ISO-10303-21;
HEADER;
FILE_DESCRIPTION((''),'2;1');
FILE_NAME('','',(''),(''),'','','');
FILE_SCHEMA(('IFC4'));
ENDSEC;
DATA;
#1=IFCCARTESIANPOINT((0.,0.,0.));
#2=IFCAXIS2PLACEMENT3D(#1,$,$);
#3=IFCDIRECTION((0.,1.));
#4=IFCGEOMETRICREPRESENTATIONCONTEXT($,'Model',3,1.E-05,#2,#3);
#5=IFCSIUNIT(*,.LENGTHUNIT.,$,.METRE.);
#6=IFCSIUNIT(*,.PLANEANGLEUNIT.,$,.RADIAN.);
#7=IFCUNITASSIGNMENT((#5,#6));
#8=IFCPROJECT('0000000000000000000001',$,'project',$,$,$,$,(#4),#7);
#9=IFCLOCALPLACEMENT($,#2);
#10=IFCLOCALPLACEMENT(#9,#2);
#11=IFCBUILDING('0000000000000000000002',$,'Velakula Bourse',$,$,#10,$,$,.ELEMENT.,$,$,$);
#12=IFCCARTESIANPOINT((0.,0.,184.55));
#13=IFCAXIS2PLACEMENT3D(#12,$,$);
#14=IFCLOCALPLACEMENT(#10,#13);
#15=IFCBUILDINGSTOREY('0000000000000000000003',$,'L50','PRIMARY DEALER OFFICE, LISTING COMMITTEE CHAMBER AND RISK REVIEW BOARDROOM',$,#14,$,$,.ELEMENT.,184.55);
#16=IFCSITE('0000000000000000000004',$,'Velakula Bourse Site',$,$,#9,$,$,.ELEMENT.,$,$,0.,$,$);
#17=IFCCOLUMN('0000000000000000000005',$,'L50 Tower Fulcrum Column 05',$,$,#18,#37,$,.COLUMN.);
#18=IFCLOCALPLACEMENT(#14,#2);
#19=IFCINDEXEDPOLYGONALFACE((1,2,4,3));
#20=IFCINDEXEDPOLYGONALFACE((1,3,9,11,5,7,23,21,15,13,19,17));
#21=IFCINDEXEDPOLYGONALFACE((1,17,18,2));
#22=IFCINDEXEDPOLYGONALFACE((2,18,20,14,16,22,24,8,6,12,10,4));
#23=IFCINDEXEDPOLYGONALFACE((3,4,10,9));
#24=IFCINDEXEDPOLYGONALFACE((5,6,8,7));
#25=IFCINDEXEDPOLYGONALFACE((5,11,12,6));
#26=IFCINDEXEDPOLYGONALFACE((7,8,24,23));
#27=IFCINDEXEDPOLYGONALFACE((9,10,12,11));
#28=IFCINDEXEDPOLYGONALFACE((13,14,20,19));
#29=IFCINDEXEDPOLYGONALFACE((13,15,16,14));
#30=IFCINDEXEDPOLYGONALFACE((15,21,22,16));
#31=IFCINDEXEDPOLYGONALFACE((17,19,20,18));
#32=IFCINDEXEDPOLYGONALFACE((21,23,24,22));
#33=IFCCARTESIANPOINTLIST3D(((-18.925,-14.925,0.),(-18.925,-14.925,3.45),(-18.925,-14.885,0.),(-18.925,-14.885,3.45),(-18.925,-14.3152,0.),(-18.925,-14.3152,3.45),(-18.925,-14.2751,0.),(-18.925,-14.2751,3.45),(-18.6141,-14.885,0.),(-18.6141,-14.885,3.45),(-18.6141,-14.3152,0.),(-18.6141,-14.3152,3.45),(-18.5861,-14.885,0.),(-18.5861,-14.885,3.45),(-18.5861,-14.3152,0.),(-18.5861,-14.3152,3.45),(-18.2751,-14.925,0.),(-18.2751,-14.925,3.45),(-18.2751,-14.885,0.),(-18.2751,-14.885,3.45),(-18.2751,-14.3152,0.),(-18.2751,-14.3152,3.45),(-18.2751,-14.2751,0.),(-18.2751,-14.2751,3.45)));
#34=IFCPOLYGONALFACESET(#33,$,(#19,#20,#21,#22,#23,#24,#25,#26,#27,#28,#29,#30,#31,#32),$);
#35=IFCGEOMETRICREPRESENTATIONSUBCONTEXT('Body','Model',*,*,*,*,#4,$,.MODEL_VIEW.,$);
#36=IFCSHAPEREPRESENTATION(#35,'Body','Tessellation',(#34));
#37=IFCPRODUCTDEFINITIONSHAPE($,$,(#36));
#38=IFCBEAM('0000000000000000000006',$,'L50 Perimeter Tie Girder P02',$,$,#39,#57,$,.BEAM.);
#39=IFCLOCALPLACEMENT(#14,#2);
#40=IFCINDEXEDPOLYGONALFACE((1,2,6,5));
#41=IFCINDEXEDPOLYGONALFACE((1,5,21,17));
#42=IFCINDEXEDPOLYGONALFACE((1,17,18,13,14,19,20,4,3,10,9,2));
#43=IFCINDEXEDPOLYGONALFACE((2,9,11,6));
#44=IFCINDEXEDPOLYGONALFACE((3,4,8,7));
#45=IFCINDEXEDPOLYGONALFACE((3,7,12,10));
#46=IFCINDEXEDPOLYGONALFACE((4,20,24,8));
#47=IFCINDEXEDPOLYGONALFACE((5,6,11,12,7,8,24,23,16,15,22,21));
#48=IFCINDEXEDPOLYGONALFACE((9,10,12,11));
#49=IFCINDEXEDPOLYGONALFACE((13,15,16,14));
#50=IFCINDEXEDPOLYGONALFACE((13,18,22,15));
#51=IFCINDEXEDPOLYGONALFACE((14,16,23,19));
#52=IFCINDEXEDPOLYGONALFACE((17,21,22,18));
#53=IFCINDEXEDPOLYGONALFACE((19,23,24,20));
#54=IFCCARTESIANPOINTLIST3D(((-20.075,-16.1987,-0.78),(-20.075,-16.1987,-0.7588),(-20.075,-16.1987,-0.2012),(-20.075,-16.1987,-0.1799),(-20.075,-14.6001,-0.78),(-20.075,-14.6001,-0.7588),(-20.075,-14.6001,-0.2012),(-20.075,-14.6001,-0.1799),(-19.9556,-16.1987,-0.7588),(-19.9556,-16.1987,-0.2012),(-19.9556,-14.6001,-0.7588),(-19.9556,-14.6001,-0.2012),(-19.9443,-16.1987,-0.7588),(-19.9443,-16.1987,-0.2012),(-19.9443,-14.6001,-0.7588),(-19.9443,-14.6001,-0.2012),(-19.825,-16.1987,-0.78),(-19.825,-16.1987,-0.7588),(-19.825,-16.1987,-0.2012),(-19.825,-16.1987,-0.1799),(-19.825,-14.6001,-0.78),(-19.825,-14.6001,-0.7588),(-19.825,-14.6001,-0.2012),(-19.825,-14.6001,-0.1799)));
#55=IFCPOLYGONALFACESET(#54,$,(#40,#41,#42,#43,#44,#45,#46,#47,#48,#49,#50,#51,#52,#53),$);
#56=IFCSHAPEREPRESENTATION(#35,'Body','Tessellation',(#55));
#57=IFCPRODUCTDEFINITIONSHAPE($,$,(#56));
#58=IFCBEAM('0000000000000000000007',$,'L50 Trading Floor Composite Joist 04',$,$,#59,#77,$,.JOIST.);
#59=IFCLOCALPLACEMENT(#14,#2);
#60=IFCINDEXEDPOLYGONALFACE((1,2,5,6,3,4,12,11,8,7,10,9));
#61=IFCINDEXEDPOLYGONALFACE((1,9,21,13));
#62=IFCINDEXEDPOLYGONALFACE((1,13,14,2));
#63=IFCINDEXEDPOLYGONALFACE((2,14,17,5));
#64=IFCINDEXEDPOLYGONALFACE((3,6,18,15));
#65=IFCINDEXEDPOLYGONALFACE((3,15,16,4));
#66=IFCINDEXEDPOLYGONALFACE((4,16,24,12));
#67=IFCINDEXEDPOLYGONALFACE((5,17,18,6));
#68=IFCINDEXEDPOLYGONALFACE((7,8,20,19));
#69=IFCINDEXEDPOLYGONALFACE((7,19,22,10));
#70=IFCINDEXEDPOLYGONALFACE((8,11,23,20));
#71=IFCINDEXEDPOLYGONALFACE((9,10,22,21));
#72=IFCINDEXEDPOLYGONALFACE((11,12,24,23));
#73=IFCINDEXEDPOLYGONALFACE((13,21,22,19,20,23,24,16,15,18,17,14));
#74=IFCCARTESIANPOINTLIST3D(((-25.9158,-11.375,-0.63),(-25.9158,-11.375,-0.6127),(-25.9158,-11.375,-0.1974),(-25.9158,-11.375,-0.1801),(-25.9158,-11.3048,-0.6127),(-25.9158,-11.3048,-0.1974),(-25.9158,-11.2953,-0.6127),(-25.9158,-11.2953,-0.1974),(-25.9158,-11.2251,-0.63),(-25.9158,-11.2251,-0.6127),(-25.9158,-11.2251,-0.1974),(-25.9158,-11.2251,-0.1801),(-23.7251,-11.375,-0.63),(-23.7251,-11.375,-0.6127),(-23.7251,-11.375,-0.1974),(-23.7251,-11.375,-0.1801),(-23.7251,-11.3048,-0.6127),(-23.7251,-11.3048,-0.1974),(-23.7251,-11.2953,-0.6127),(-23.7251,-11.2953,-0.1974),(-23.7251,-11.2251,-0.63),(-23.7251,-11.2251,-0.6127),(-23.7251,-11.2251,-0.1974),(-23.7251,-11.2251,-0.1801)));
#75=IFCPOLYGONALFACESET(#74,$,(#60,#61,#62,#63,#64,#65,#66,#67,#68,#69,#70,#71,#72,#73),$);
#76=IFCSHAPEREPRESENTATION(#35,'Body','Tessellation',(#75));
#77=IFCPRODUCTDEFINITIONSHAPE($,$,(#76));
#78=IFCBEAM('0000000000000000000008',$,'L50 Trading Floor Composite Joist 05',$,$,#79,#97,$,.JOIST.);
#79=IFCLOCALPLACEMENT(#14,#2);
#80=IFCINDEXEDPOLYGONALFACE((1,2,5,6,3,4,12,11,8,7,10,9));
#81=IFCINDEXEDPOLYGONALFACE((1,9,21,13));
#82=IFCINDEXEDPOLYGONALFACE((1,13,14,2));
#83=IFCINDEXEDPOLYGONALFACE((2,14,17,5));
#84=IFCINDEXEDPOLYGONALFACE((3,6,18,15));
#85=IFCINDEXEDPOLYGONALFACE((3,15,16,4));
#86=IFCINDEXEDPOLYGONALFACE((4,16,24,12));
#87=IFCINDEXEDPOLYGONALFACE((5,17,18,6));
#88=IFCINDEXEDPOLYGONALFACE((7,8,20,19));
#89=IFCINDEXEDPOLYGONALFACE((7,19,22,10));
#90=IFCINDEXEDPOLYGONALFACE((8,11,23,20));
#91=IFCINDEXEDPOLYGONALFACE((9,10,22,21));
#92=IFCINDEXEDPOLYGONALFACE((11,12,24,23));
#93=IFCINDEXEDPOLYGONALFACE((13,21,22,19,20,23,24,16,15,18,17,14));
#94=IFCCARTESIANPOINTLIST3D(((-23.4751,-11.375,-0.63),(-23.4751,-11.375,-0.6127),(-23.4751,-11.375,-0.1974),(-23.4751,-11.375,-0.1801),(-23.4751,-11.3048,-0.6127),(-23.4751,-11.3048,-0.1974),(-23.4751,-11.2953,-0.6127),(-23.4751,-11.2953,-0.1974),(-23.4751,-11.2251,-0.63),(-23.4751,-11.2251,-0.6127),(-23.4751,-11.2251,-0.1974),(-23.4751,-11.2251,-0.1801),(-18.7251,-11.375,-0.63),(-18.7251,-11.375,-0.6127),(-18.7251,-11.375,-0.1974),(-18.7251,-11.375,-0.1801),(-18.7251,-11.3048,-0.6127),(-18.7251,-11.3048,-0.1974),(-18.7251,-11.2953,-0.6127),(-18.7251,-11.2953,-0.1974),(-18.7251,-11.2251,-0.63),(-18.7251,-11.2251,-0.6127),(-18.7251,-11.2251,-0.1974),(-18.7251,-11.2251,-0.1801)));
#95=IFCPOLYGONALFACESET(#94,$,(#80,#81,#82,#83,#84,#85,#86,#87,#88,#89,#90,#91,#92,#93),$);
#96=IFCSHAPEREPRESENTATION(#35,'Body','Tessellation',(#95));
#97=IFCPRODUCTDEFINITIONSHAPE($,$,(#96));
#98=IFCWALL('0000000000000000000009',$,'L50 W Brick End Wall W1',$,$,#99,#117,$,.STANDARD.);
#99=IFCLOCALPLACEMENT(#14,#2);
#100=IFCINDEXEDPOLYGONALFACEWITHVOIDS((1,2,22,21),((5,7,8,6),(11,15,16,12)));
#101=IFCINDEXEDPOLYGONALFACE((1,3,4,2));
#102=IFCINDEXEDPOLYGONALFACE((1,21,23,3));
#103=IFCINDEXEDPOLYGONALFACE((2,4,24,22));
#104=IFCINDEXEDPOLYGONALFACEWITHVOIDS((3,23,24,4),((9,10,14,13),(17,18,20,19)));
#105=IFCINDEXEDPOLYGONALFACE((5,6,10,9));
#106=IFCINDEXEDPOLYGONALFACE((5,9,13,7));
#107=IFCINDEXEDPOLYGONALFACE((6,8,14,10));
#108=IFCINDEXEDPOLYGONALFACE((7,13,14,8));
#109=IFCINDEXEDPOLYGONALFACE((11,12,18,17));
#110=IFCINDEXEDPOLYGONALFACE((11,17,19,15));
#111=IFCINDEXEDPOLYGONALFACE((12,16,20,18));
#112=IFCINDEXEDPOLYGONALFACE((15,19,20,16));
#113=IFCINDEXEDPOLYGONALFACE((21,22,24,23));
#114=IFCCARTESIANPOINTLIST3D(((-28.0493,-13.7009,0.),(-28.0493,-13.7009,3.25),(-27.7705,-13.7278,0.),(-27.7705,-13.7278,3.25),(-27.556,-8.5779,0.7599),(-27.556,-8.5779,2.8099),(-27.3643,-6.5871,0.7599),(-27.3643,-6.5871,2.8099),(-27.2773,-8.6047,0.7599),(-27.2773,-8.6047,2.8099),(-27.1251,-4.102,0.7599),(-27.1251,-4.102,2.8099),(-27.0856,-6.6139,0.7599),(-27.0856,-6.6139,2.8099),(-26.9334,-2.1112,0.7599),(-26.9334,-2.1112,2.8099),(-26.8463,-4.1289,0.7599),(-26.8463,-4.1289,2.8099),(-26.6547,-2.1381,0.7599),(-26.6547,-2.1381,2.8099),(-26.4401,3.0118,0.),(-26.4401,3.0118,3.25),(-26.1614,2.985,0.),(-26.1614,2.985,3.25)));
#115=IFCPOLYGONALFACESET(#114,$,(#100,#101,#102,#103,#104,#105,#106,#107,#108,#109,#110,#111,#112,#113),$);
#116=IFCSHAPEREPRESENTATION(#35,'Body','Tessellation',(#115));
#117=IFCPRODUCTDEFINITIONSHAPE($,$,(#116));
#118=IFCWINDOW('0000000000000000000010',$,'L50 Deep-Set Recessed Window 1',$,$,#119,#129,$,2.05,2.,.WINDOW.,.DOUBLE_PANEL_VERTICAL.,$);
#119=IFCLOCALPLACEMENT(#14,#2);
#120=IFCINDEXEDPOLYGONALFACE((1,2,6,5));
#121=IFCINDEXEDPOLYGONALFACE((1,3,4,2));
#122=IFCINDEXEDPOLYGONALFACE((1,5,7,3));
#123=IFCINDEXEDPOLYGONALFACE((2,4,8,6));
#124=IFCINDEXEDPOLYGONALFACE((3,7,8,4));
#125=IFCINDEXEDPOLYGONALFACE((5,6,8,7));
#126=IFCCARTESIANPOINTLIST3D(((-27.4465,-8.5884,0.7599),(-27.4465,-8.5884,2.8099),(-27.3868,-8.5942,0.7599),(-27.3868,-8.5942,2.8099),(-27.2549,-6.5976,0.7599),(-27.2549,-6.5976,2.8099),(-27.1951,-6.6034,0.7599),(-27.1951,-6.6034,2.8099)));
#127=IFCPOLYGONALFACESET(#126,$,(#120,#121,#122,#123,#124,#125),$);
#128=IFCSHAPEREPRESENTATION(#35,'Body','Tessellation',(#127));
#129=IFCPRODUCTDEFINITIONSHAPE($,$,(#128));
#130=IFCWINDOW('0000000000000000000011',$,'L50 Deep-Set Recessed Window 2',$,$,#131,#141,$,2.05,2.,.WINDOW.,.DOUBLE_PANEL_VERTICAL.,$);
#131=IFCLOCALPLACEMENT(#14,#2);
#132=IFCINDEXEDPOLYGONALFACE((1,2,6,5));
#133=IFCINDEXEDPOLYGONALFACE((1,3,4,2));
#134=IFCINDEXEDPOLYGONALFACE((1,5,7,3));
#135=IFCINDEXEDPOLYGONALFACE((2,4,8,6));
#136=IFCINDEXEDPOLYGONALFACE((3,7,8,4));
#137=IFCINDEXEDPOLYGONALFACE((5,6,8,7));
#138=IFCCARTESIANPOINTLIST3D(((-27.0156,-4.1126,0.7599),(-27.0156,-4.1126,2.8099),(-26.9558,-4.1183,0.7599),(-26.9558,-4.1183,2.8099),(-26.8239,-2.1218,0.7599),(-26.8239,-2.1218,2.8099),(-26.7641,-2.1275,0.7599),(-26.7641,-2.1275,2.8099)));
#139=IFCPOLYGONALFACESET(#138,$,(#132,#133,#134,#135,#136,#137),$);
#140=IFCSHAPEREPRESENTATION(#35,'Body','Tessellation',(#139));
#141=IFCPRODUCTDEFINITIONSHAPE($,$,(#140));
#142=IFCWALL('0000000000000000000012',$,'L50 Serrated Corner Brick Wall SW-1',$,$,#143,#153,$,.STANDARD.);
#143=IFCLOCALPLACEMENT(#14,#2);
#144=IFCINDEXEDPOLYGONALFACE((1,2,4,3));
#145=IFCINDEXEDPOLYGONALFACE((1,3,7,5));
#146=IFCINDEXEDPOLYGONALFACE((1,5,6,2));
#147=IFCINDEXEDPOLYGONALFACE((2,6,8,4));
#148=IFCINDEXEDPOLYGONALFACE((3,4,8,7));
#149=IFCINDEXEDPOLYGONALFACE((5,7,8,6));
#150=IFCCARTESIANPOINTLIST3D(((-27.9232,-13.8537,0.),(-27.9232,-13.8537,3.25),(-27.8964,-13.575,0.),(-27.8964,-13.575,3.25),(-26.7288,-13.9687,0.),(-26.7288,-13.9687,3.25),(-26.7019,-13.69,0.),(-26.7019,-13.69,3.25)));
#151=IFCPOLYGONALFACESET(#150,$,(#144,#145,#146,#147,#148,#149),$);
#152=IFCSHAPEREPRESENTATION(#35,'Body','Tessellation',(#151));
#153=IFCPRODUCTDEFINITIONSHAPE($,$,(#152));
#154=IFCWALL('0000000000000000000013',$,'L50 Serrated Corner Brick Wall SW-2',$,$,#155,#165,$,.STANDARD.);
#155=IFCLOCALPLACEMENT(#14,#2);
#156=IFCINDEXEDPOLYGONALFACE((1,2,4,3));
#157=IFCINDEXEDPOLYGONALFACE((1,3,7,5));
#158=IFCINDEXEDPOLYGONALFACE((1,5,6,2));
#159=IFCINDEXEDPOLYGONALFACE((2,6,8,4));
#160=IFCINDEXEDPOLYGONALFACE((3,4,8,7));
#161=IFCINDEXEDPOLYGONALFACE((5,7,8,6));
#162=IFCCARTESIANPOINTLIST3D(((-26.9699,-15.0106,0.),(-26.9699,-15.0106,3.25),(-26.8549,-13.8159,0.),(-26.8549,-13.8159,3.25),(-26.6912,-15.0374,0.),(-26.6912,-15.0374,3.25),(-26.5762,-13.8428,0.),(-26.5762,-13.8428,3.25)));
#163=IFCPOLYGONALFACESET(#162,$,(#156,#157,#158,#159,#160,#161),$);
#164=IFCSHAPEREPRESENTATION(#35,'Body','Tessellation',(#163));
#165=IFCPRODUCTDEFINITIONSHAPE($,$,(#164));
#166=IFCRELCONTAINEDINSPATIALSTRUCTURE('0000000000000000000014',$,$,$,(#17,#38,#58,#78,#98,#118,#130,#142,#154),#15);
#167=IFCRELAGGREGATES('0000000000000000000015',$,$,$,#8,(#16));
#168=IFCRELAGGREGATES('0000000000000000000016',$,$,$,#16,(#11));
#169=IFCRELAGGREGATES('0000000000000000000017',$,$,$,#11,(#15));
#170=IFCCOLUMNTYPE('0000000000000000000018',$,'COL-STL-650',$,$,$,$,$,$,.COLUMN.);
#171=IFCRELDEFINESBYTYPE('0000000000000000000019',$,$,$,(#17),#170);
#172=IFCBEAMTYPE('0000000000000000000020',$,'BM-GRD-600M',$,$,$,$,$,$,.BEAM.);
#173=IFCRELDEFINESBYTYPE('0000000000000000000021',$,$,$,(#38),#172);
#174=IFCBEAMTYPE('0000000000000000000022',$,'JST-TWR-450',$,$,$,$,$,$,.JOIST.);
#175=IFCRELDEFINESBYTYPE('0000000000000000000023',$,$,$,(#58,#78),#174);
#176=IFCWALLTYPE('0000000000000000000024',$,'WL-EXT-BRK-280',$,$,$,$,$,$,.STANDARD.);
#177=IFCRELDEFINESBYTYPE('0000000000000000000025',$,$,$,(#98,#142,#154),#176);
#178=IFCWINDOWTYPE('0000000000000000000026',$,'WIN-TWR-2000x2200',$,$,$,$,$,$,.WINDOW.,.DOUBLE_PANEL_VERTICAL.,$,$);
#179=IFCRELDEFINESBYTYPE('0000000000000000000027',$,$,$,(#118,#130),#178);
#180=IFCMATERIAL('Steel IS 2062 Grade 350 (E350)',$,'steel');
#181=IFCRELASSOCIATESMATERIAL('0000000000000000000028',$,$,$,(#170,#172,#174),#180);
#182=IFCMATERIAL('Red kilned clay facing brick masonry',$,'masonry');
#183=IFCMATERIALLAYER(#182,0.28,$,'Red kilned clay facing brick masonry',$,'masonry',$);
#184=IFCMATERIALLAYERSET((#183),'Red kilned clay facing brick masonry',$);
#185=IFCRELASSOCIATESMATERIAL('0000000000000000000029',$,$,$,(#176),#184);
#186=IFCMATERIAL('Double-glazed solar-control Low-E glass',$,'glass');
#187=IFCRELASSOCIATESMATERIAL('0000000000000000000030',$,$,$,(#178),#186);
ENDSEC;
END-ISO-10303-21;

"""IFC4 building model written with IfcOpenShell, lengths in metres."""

from ifc_helpers import new_model, si_unit, direction, frame, frame_2d, origin, origin_2d, place, context, subcontext, project, spatial, rectangle, i_section, extrude, material, layer, layer_set, material_profile, profile_set, type_object, element, fill, save


model = new_model("IFC4")

# Units and contexts
model_context = context("Model", 3, precision=1e-05, world=origin(), true_north=direction((0.0, 1.0)))
body_context = subcontext(model_context, "Body", "Model", "MODEL_VIEW")
ifc_project = project(units=[si_unit("LENGTHUNIT", "METRE"), si_unit("PLANEANGLEUNIT", "RADIAN")], contexts=[model_context])

# Site, building, storey
site_placement = place(None, origin())
site = spatial("IfcSite", under=ifc_project, at=site_placement, Name="Velakula Bourse Site", CompositionType="ELEMENT", RefElevation=0.0)
building_placement = place(site_placement, origin())
building = spatial("IfcBuilding", under=site, at=building_placement, Name="Velakula Bourse", CompositionType="ELEMENT")
storey_placement = place(building_placement, frame((0.0, 0.0, 184.55)))
storey = spatial("IfcBuildingStorey", under=building, at=storey_placement, Name="L50", Description="PRIMARY DEALER OFFICE, LISTING COMMITTEE CHAMBER AND RISK REVIEW BOARDROOM", CompositionType="ELEMENT", Elevation=184.55)

# Column
ifc_material_1 = material(Name="Steel IS 2062 Grade 350 (E350)", Category="steel")
ifc_material_profile_1 = material_profile(ifc_material_1, i_section(OverallWidth=0.6499, OverallDepth=0.6499, WebThickness=0.0281, FlangeThickness=0.04, at=origin_2d()), Name="Steel IS 2062 Grade 350 (E350)")
ifc_profile_set_1 = profile_set([ifc_material_profile_1], Name="Steel IS 2062 Grade 350 (E350)")
column_type = type_object("IfcColumnType", Name="COL-STL-650", PredefinedType="COLUMN", material=ifc_profile_set_1)
column_placement = place(storey_placement, frame((-18.6001, -14.6001, 0.0), z_axis=(0.0, 0.0, 1.0), x_axis=(1.0, 0.0, 0.0)))
element("IfcColumn", 1, at=column_placement, inside=storey, type_object=column_type, Name="L50 Tower Fulcrum Column 05", PredefinedType="COLUMN", context=body_context, shape_type="SweptSolid", body=[
    extrude(i_section(OverallWidth=0.6499, OverallDepth=0.6499, WebThickness=0.0281, FlangeThickness=0.04, at=origin_2d()), origin(), (0.0, 0.0, 1.0), 3.45),
])

# Beams
ifc_material_profile_2 = material_profile(ifc_material_1, i_section(OverallWidth=0.25, OverallDepth=0.6001, WebThickness=0.0112, FlangeThickness=0.0212, at=origin_2d()), Name="Steel IS 2062 Grade 350 (E350)")
ifc_profile_set_2 = profile_set([ifc_material_profile_2], Name="Steel IS 2062 Grade 350 (E350)")
beam_type_1 = type_object("IfcBeamType", Name="BM-GRD-600M", PredefinedType="BEAM", material=ifc_profile_set_2)
beam_1_placement = place(storey_placement, frame((-19.95, -14.6001, -0.48), z_axis=(0.0, -1.0, 0.0), x_axis=(1.0, 0.0, 0.0)))
element("IfcBeam", 2, at=beam_1_placement, inside=storey, type_object=beam_type_1, Name="L50 Perimeter Tie Girder P02", PredefinedType="BEAM", context=body_context, shape_type="SweptSolid", body=[
    extrude(i_section(OverallWidth=0.25, OverallDepth=0.6001, WebThickness=0.0112, FlangeThickness=0.0212, at=origin_2d()), origin(), (0.0, 0.0, 1.0), 1.5986),
])
ifc_material_profile_3 = material_profile(ifc_material_1, i_section(OverallWidth=0.1499, OverallDepth=0.45, WebThickness=0.0095, FlangeThickness=0.0173, at=origin_2d()), Name="Steel IS 2062 Grade 350 (E350)")
ifc_profile_set_3 = profile_set([ifc_material_profile_3], Name="Steel IS 2062 Grade 350 (E350)")
beam_type_2 = type_object("IfcBeamType", Name="JST-TWR-450", PredefinedType="JOIST", material=ifc_profile_set_3)
beam_2_placement = place(storey_placement, frame((-25.9158, -11.3, -0.405), z_axis=(1.0, 0.0, 0.0), x_axis=(0.0, 1.0, 0.0)))
element("IfcBeam", 3, at=beam_2_placement, inside=storey, type_object=beam_type_2, Name="L50 Trading Floor Composite Joist 04", PredefinedType="JOIST", context=body_context, shape_type="SweptSolid", body=[
    extrude(i_section(OverallWidth=0.1499, OverallDepth=0.45, WebThickness=0.0095, FlangeThickness=0.0173, at=origin_2d()), origin(), (0.0, 0.0, 1.0), 2.1907),
])
beam_3_placement = place(storey_placement, frame((-23.4751, -11.3, -0.405), z_axis=(1.0, 0.0, 0.0), x_axis=(0.0, 1.0, 0.0)))
element("IfcBeam", 4, at=beam_3_placement, inside=storey, type_object=beam_type_2, Name="L50 Trading Floor Composite Joist 05", PredefinedType="JOIST", context=body_context, shape_type="SweptSolid", body=[
    extrude(i_section(OverallWidth=0.1499, OverallDepth=0.45, WebThickness=0.0095, FlangeThickness=0.0173, at=origin_2d()), origin(), (0.0, 0.0, 1.0), 4.75),
])

# Wall, openings, windows
ifc_material_2 = material(Name="Red kilned clay facing brick masonry", Category="masonry")
ifc_layer_1 = layer(ifc_material_2, 0.28, Name="Red kilned clay facing brick masonry", Category="masonry")
ifc_layer_set_1 = layer_set([ifc_layer_1], Name="Red kilned clay facing brick masonry")
wall_type_1 = type_object("IfcWallType", Name="WL-EXT-BRK-280", PredefinedType="STANDARD", material=ifc_layer_set_1)
wall_1_placement = place(storey_placement, frame((-27.9099, -13.7144, 0.0), z_axis=(0.0, 0.0, 1.0), x_axis=(0.095839, 0.995397, 0.0)))
wall_1 = element("IfcWall", 5, at=wall_1_placement, inside=storey, type_object=wall_type_1, Name="L50 W Brick End Wall W1", PredefinedType="STANDARD", context=body_context, shape_type="SweptSolid", body=[
    extrude(rectangle(XDim=16.79, YDim=0.28, at=frame_2d((8.395, 0.0))), origin(), (0.0, 0.0, 1.0), 3.25),
])
opening_1_placement = place(wall_1_placement, frame((5.1467, 0.0, 0.76)))
opening_1 = element("IfcOpeningElement", 6, at=opening_1_placement, cuts=wall_1, PredefinedType="OPENING", context=body_context, shape_type="SweptSolid", body=[
    extrude(rectangle(XDim=2.0, YDim=2.05, at=frame_2d((1.0, 1.0249))), frame((0.0, 0.1499, 0.0), z_axis=(0.0, -1.0, 0.0), x_axis=(1.0, 0.0, 0.0)), (0.0, 0.0, 1.0), 0.3),
])
opening_2_placement = place(wall_1_placement, frame((9.6433, 0.0, 0.76)))
opening_2 = element("IfcOpeningElement", 7, at=opening_2_placement, cuts=wall_1, PredefinedType="OPENING", context=body_context, shape_type="SweptSolid", body=[
    extrude(rectangle(XDim=2.0, YDim=2.05, at=frame_2d((1.0, 1.0249))), frame((0.0, 0.1499, 0.0), z_axis=(0.0, -1.0, 0.0), x_axis=(1.0, 0.0, 0.0)), (0.0, 0.0, 1.0), 0.3),
])
ifc_material_3 = material(Name="Double-glazed solar-control Low-E glass", Category="glass")
window_type = type_object("IfcWindowType", Name="WIN-TWR-2000x2200", PartitioningType="DOUBLE_PANEL_VERTICAL", PredefinedType="WINDOW", material=ifc_material_3)
window_1_placement = place(opening_1_placement, origin())
window_1 = element("IfcWindow", 8, at=window_1_placement, inside=storey, type_object=window_type, Name="L50 Deep-Set Recessed Window 1", OverallHeight=2.05, OverallWidth=2.0, PartitioningType="DOUBLE_PANEL_VERTICAL", PredefinedType="WINDOW", context=body_context, shape_type="SweptSolid", body=[
    extrude(rectangle(XDim=2.0, YDim=2.05, at=frame_2d((1.0, 1.0249))), frame((0.0, 0.03, 0.0), z_axis=(0.0, -1.0, 0.0), x_axis=(1.0, 0.0, 0.0)), (0.0, 0.0, 1.0), 0.0601),
])
fill(opening_1, window_1)
window_2_placement = place(opening_2_placement, origin())
window_2 = element("IfcWindow", 9, at=window_2_placement, inside=storey, type_object=window_type, Name="L50 Deep-Set Recessed Window 2", OverallHeight=2.05, OverallWidth=2.0, PartitioningType="DOUBLE_PANEL_VERTICAL", PredefinedType="WINDOW", context=body_context, shape_type="SweptSolid", body=[
    extrude(rectangle(XDim=2.0, YDim=2.05, at=frame_2d((1.0, 1.0249))), frame((0.0, 0.03, 0.0), z_axis=(0.0, -1.0, 0.0), x_axis=(1.0, 0.0, 0.0)), (0.0, 0.0, 1.0), 0.0601),
])
fill(opening_2, window_2)

# Walls
wall_2_placement = place(storey_placement, frame((-27.9099, -13.7144, 0.0), z_axis=(0.0, 0.0, 1.0), x_axis=(0.995397, -0.095836, 0.0)))
element("IfcWall", 10, at=wall_2_placement, inside=storey, type_object=wall_type_1, Name="L50 Serrated Corner Brick Wall SW-1", PredefinedType="STANDARD", context=body_context, shape_type="SweptSolid", body=[
    extrude(rectangle(XDim=1.2, YDim=0.28, at=frame_2d((0.6001, 0.0))), origin(), (0.0, 0.0, 1.0), 3.25),
])
wall_3_placement = place(storey_placement, frame((-26.7156, -13.8293, 0.0), z_axis=(0.0, 0.0, 1.0), x_axis=(-0.095817, -0.995399, 0.0)))
element("IfcWall", 11, at=wall_3_placement, inside=storey, type_object=wall_type_1, Name="L50 Serrated Corner Brick Wall SW-2", PredefinedType="STANDARD", context=body_context, shape_type="SweptSolid", body=[
    extrude(rectangle(XDim=1.2002, YDim=0.28, at=frame_2d((0.6001, 0.0))), origin(), (0.0, 0.0, 1.0), 3.25),
])

save(model, "model.ifc")
